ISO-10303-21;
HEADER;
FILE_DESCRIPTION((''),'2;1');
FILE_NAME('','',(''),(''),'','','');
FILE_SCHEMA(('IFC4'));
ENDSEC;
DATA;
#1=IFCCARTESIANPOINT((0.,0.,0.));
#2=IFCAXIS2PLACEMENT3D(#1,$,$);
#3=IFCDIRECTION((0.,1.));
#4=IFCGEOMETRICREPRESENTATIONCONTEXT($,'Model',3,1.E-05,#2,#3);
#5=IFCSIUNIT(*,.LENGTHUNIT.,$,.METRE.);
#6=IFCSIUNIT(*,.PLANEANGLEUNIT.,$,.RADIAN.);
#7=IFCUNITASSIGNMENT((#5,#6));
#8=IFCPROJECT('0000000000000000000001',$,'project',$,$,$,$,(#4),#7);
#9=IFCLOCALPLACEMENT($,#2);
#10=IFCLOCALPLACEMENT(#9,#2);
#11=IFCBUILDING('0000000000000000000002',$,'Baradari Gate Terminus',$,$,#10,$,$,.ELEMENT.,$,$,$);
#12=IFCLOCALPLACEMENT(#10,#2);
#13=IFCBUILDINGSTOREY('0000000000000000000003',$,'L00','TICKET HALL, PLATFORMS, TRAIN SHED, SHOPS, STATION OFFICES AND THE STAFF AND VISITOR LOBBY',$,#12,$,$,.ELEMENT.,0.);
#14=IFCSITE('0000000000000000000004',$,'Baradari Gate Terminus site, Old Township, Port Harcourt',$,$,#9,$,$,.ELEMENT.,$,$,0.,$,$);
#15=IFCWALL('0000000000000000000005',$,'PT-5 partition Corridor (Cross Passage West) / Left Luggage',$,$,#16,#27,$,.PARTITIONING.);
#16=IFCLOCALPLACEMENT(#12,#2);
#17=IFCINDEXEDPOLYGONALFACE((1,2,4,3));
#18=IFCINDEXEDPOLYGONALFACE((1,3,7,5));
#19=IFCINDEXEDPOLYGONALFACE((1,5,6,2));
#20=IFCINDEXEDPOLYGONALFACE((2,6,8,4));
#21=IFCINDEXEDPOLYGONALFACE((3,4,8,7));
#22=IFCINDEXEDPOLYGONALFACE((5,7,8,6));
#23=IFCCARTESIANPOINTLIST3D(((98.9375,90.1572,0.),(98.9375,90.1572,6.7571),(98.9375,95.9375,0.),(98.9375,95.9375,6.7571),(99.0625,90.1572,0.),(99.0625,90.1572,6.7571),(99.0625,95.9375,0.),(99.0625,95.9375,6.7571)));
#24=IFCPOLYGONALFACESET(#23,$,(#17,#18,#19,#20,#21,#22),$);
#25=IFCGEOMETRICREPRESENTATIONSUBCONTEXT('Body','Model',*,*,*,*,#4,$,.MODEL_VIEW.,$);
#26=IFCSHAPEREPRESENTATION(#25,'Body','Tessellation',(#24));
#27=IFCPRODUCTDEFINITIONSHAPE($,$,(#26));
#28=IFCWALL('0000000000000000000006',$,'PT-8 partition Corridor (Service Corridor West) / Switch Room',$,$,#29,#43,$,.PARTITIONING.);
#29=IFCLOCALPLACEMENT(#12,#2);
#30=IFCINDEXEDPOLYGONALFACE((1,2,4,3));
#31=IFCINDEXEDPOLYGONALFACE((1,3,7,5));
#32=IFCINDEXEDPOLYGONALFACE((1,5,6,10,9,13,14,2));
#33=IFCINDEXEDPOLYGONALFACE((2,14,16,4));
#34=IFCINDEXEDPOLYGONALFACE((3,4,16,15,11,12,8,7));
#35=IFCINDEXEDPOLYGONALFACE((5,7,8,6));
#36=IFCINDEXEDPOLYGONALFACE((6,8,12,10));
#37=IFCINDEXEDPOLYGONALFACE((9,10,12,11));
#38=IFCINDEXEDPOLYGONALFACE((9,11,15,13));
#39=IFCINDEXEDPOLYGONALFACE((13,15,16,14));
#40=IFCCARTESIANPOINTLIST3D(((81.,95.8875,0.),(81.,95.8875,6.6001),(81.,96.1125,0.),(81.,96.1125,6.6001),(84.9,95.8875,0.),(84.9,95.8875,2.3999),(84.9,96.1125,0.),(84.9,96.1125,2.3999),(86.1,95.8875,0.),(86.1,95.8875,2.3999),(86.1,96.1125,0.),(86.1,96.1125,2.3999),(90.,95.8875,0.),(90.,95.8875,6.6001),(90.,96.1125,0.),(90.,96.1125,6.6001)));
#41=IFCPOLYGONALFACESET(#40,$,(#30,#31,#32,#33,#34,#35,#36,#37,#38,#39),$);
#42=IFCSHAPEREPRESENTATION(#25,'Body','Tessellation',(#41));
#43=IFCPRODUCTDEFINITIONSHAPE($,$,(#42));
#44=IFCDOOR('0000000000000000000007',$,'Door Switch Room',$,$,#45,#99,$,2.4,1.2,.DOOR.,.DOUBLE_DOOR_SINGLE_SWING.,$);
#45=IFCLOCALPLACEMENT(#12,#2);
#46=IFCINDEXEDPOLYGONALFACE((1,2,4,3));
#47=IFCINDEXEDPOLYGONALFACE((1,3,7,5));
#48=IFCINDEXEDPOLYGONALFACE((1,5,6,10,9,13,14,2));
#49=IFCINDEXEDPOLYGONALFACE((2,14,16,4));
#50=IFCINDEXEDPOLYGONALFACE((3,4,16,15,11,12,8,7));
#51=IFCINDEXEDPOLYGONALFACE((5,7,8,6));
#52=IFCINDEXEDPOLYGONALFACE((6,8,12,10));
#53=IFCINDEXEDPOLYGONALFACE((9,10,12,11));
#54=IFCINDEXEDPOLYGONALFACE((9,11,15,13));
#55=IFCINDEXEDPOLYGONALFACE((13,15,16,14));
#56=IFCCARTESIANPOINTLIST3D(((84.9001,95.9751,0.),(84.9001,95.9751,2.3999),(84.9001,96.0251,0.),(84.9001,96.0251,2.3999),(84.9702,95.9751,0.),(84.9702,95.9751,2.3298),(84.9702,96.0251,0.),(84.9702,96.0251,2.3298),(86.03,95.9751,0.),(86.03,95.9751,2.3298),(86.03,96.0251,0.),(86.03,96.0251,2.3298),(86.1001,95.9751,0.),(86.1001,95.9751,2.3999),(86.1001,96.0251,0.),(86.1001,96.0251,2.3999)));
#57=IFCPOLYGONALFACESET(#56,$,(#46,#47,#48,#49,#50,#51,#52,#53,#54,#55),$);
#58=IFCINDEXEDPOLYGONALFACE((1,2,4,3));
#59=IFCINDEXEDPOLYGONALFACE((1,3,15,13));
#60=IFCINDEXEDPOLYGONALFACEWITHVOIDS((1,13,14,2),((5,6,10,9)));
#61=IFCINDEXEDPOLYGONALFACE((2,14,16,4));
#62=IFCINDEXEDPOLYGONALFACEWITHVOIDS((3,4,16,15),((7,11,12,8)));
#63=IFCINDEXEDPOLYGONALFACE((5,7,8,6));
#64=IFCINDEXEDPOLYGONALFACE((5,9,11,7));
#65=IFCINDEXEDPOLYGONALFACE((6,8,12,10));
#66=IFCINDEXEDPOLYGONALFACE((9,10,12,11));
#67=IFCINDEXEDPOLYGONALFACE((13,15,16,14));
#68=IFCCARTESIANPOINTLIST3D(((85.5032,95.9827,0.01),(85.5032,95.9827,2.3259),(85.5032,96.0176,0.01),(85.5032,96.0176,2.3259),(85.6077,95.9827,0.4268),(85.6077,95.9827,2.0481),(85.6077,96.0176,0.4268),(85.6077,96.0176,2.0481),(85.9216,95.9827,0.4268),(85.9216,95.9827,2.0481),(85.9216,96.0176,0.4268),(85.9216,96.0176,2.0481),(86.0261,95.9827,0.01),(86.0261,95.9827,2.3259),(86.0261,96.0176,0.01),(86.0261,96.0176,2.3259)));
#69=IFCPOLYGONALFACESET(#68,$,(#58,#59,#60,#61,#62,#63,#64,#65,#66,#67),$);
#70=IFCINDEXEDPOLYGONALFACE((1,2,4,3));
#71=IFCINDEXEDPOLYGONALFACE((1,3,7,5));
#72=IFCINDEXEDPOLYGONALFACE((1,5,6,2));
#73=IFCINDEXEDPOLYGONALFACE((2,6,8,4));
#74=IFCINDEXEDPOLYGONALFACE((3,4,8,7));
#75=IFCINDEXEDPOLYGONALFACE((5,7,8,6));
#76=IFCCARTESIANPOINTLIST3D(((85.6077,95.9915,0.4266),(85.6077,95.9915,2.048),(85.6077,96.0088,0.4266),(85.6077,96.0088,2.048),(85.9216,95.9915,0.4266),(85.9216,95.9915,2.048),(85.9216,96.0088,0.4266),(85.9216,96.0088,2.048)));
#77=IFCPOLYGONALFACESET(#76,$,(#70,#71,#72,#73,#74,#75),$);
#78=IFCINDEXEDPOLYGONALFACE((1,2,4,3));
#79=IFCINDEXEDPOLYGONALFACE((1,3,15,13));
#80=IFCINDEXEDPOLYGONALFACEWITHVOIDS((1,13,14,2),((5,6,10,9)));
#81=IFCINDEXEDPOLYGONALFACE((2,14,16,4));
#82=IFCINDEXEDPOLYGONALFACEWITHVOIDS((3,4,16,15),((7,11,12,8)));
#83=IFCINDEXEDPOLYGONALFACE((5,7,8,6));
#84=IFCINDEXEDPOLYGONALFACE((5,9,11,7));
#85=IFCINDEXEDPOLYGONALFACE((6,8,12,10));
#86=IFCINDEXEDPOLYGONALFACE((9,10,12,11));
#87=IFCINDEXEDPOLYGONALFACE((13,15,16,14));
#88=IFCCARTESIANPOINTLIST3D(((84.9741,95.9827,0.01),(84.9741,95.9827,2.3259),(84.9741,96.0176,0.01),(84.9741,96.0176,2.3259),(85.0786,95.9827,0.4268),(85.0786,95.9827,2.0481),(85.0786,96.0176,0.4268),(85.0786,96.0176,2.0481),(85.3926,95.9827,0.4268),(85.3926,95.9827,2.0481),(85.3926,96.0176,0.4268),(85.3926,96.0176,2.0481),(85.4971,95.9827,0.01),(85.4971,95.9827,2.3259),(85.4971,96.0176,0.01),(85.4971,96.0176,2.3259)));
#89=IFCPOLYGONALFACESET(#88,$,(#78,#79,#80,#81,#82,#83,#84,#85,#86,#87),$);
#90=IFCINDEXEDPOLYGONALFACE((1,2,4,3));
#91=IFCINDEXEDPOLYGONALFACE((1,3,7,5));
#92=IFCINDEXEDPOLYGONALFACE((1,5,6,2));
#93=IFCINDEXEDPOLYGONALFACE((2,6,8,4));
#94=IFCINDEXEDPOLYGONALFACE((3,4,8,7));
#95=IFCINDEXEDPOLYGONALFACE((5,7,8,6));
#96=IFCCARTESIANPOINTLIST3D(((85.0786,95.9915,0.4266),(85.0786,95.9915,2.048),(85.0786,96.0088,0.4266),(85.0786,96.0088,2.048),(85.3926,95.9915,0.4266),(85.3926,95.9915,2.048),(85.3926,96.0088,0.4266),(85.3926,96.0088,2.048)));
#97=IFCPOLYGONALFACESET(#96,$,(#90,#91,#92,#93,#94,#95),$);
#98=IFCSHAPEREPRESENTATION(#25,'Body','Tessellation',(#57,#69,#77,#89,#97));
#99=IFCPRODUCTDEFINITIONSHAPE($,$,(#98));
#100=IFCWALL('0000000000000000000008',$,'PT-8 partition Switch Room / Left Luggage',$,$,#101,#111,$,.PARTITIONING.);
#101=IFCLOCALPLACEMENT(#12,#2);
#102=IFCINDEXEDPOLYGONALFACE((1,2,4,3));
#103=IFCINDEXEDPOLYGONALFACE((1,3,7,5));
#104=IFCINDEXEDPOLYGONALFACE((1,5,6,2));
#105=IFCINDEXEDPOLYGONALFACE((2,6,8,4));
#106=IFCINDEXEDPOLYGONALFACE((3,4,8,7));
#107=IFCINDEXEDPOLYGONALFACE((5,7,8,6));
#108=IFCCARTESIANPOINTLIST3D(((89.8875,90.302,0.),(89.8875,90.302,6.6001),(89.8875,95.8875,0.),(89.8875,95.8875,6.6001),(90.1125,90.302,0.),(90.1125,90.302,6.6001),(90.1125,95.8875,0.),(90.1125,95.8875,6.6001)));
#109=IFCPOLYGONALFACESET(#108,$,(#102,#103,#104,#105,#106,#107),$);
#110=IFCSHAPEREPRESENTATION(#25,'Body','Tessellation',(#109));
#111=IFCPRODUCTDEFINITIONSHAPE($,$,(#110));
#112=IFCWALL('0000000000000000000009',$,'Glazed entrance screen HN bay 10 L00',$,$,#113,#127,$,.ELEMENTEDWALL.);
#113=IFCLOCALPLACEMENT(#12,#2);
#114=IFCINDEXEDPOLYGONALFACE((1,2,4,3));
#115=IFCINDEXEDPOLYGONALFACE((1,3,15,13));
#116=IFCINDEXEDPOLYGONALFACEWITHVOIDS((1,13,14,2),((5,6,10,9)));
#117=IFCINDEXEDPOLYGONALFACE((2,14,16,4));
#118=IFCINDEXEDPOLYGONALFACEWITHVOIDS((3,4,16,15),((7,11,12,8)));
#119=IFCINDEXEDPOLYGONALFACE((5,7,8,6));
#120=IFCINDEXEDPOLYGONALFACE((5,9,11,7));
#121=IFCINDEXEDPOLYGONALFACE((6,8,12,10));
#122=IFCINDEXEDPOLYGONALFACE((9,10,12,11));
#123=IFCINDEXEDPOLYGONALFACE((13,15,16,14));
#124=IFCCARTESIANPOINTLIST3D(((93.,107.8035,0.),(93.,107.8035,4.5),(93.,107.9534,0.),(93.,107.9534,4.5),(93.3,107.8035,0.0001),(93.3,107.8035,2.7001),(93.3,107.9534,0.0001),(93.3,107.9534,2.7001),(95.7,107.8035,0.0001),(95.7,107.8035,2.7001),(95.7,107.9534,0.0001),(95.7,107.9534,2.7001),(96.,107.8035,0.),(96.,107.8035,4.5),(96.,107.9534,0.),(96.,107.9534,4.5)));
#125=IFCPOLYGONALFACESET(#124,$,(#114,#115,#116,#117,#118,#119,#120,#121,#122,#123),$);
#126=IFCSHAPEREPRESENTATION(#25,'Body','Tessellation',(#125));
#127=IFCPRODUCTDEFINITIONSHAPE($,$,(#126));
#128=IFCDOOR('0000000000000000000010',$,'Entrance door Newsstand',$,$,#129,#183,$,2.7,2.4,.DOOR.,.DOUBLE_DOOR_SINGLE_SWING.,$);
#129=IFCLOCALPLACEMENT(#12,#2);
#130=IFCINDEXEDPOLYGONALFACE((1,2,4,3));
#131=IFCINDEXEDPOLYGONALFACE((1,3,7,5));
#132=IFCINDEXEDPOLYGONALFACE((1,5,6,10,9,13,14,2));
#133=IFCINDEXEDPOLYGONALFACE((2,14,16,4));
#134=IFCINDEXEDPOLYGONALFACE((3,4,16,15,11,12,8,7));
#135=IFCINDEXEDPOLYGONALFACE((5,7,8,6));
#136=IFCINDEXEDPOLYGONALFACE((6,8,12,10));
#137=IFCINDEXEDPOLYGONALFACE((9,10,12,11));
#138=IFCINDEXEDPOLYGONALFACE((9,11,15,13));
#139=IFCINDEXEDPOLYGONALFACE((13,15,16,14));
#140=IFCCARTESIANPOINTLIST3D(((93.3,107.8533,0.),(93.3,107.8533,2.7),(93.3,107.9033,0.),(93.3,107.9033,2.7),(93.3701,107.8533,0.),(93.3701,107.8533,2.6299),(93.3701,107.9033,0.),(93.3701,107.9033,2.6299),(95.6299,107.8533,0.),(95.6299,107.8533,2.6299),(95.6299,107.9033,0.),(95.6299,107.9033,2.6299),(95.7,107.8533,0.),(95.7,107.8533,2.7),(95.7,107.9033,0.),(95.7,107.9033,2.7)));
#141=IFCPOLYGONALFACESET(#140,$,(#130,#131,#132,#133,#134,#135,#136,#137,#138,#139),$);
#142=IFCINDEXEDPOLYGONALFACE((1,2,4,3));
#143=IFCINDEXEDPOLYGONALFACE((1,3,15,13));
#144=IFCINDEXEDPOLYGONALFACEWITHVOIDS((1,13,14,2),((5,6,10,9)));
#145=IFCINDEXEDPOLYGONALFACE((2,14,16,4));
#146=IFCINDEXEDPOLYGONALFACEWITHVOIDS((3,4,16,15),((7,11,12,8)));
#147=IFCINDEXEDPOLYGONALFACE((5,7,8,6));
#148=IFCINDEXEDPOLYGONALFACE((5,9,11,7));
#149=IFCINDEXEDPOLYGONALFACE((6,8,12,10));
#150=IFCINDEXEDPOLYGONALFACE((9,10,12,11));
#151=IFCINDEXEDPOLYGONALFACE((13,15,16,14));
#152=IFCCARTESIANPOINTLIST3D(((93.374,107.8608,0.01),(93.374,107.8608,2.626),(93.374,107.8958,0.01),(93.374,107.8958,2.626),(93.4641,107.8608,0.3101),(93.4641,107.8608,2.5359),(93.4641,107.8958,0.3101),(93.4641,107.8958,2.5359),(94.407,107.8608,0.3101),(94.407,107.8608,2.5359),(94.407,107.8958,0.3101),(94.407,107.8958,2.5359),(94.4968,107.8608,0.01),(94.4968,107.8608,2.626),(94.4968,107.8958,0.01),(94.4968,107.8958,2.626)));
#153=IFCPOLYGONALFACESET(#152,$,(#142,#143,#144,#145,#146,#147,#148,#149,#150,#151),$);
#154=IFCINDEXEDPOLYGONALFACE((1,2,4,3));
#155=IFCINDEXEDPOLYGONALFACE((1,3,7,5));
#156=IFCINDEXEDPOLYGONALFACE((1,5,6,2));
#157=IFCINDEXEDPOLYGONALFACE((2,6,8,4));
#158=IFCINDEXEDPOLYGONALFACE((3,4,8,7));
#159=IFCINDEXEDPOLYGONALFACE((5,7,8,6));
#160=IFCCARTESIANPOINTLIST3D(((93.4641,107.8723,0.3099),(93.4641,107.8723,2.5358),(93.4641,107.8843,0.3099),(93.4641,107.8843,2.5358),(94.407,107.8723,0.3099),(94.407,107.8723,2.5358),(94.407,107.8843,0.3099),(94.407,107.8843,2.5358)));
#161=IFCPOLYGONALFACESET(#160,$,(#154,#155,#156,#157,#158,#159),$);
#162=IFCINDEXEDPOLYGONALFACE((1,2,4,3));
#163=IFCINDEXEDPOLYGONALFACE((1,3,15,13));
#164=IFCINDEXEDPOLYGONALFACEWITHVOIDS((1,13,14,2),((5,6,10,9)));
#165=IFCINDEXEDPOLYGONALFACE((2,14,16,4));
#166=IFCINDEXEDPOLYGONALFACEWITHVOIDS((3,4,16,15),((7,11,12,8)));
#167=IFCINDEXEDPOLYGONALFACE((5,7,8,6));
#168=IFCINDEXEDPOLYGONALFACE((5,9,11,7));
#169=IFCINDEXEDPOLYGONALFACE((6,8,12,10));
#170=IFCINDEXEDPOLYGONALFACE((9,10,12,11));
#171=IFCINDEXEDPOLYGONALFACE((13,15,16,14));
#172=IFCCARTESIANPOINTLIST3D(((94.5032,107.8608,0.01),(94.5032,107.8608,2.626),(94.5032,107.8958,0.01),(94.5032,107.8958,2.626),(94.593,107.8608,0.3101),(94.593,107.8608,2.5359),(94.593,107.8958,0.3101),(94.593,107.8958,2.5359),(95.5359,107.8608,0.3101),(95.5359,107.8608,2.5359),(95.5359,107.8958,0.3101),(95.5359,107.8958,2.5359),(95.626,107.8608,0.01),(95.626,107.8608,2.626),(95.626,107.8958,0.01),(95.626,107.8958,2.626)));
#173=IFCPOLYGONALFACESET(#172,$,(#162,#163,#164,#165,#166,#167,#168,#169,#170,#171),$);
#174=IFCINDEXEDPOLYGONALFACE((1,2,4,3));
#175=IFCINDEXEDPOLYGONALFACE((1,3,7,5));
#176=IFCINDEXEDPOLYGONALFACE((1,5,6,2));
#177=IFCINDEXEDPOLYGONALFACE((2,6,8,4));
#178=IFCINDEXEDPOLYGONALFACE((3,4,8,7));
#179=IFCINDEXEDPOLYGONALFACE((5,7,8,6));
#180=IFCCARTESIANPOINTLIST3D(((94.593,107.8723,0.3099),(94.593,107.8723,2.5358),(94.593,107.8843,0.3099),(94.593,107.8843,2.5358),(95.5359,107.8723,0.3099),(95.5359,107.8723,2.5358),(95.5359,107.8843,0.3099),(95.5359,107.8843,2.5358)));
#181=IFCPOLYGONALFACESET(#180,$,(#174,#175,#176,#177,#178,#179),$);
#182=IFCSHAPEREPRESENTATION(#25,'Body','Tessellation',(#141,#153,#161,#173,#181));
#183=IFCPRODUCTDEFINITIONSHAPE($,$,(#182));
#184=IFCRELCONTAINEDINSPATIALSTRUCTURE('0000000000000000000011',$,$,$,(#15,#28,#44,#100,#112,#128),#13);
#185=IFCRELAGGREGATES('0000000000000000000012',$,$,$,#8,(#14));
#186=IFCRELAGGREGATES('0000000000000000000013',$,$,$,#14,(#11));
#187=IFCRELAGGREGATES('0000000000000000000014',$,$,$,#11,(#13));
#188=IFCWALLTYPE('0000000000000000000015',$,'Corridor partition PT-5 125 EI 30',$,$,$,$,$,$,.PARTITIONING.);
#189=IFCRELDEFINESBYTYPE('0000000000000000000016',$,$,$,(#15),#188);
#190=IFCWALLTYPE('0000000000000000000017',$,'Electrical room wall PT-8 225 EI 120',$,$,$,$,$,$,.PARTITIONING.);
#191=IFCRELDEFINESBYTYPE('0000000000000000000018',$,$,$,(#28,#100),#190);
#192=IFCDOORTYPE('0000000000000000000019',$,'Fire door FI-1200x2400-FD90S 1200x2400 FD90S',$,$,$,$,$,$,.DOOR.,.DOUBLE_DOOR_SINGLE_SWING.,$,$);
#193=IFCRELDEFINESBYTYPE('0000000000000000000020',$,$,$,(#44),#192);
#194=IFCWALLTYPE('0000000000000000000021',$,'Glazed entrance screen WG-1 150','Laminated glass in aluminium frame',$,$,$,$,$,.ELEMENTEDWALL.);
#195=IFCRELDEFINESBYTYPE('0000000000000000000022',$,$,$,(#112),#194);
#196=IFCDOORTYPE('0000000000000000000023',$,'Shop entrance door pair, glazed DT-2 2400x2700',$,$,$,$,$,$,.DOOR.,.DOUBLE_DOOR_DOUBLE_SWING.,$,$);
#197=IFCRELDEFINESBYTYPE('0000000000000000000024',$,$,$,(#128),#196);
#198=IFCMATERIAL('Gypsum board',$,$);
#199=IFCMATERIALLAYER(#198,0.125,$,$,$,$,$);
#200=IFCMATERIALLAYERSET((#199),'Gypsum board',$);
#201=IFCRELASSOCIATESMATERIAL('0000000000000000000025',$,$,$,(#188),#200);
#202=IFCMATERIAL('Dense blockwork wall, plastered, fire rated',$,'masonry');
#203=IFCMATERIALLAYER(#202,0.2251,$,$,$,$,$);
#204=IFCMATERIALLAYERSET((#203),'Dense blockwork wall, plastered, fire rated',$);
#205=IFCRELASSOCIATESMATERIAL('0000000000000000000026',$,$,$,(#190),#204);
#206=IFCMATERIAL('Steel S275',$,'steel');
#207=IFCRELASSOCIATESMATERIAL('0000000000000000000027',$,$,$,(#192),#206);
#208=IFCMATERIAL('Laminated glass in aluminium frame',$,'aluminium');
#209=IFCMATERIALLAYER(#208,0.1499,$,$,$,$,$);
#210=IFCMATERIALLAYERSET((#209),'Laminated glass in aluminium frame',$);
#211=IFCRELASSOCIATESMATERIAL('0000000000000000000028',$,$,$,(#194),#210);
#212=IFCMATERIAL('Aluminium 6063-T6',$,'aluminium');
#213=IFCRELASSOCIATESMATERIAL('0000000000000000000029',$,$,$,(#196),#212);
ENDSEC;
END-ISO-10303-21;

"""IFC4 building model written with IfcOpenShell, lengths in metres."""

from ifc_helpers import new_model, si_unit, direction, frame, frame_2d, origin, place, context, subcontext, project, spatial, polyline, rectangle, outline, extrude, material, layer, layer_set, type_object, element, fill, save


model = new_model("IFC4")

# Units and contexts
model_context = context("Model", 3, precision=1e-05, world=origin(), true_north=direction((0.0, 1.0)))
body_context = subcontext(model_context, "Body", "Model", "MODEL_VIEW")
ifc_project = project(units=[si_unit("LENGTHUNIT", "METRE"), si_unit("PLANEANGLEUNIT", "RADIAN")], contexts=[model_context])

# Site, building, storey
site_placement = place(None, origin())
site = spatial("IfcSite", under=ifc_project, at=site_placement, Name="Baradari Gate Terminus site, Old Township, Port Harcourt", CompositionType="ELEMENT", RefElevation=0.0)
building_placement = place(site_placement, origin())
building = spatial("IfcBuilding", under=site, at=building_placement, Name="Baradari Gate Terminus", CompositionType="ELEMENT")
storey_placement = place(building_placement, origin())
storey = spatial("IfcBuildingStorey", under=building, at=storey_placement, Name="L00", Description="TICKET HALL, PLATFORMS, TRAIN SHED, SHOPS, STATION OFFICES AND THE STAFF AND VISITOR LOBBY", CompositionType="ELEMENT", Elevation=0.0)

# Wall
ifc_material_1 = material(Name="Gypsum board")
ifc_layer_1 = layer(ifc_material_1, 0.125)
ifc_layer_set_1 = layer_set([ifc_layer_1], Name="Gypsum board")
wall_type_1 = type_object("IfcWallType", Name="Corridor partition PT-5 125 EI 30", PredefinedType="PARTITIONING", material=ifc_layer_set_1)
wall_1_placement = place(storey_placement, frame((99.0, 90.1572, 0.0), z_axis=(0.0, 0.0, 1.0), x_axis=(0.0, 1.0, 0.0)))
element("IfcWall", 1, at=wall_1_placement, inside=storey, type_object=wall_type_1, Name="PT-5 partition Corridor (Cross Passage West) / Left Luggage", PredefinedType="PARTITIONING", context=body_context, shape_type="SweptSolid", body=[
    extrude(rectangle(XDim=5.7803, YDim=0.125, at=frame_2d((2.8901, 0.0))), origin(), (0.0, 0.0, 1.0), 6.7571),
])

# Wall, opening, door
ifc_material_2 = material(Name="Dense blockwork wall, plastered, fire rated", Category="masonry")
ifc_layer_2 = layer(ifc_material_2, 0.2251)
ifc_layer_set_2 = layer_set([ifc_layer_2], Name="Dense blockwork wall, plastered, fire rated")
wall_type_2 = type_object("IfcWallType", Name="Electrical room wall PT-8 225 EI 120", PredefinedType="PARTITIONING", material=ifc_layer_set_2)
wall_2_placement = place(storey_placement, frame((90.0, 96.0, 0.0), z_axis=(0.0, 0.0, 1.0), x_axis=(-1.0, 0.0, 0.0)))
wall_2 = element("IfcWall", 2, at=wall_2_placement, inside=storey, type_object=wall_type_2, Name="PT-8 partition Corridor (Service Corridor West) / Switch Room", PredefinedType="PARTITIONING", context=body_context, shape_type="SweptSolid", body=[
    extrude(rectangle(XDim=9.0, YDim=0.2251, at=frame_2d((4.5, 0.0))), origin(), (0.0, 0.0, 1.0), 6.6001),
])
opening_1_placement = place(wall_2_placement, frame((3.8999, 0.0, 0.0)))
opening_1 = element("IfcOpeningElement", 3, at=opening_1_placement, cuts=wall_2, PredefinedType="OPENING", context=body_context, shape_type="SweptSolid", body=[
    extrude(rectangle(XDim=1.2, YDim=2.3999, at=frame_2d((0.6001, 1.2))), frame((0.0, 0.1226, 0.0), z_axis=(0.0, -1.0, 0.0), x_axis=(1.0, 0.0, 0.0)), (0.0, 0.0, 1.0), 0.2451),
])
ifc_material_3 = material(Name="Steel S275", Category="steel")
door_type_1 = type_object("IfcDoorType", Name="Fire door FI-1200x2400-FD90S 1200x2400 FD90S", OperationType="DOUBLE_DOOR_SINGLE_SWING", PredefinedType="DOOR", material=ifc_material_3)
door_1_placement = place(opening_1_placement, origin())
door_1 = element("IfcDoor", 4, at=door_1_placement, inside=storey, type_object=door_type_1, Name="Door Switch Room", OperationType="DOUBLE_DOOR_SINGLE_SWING", OverallHeight=2.4, OverallWidth=1.2, PredefinedType="DOOR", context=body_context, shape_type="SweptSolid", body=[
    extrude(outline(polyline([(0.0, 0.0), (0.0701, 0.0), (0.0701, 2.3298), (1.1299, 2.3298), (1.1299, 0.0), (1.2, 0.0), (1.2, 2.3999), (0.0, 2.3999), (0.0, 0.0)])), frame((0.0, 0.0249, 0.0), z_axis=(0.0, -1.0, 0.0), x_axis=(1.0, 0.0, 0.0)), (0.0, 0.0, 1.0), 0.05),
    extrude(outline(polyline([(0.074, 0.01), (0.5969, 0.01), (0.5969, 2.3259), (0.074, 2.3259), (0.074, 0.01)]), holes=[polyline([(0.1785, 0.4268), (0.4924, 0.4268), (0.4924, 2.0481), (0.1785, 2.0481), (0.1785, 0.4268)])]), frame((0.0, 0.0173, 0.0), z_axis=(0.0, -1.0, 0.0), x_axis=(1.0, 0.0, 0.0)), (0.0, 0.0, 1.0), 0.0349),
    extrude(rectangle(XDim=0.314, YDim=1.6213, at=frame_2d((0.3354, 1.2373))), frame((0.0, 0.0085, 0.0), z_axis=(0.0, -1.0, 0.0), x_axis=(1.0, 0.0, 0.0)), (0.0, 0.0, 1.0), 0.0173),
    extrude(outline(polyline([(0.603, 0.01), (1.126, 0.01), (1.126, 2.3259), (0.603, 2.3259), (0.603, 0.01)]), holes=[polyline([(0.7075, 0.4268), (1.0215, 0.4268), (1.0215, 2.0481), (0.7075, 2.0481), (0.7075, 0.4268)])]), frame((0.0, 0.0173, 0.0), z_axis=(0.0, -1.0, 0.0), x_axis=(1.0, 0.0, 0.0)), (0.0, 0.0, 1.0), 0.0349),
    extrude(rectangle(XDim=0.314, YDim=1.6213, at=frame_2d((0.8645, 1.2373))), frame((0.0, 0.0085, 0.0), z_axis=(0.0, -1.0, 0.0), x_axis=(1.0, 0.0, 0.0)), (0.0, 0.0, 1.0), 0.0173),
])
fill(opening_1, door_1)

# Wall
wall_3_placement = place(storey_placement, frame((90.0, 95.8875, 0.0), z_axis=(0.0, 0.0, 1.0), x_axis=(0.0, -1.0, 0.0)))
element("IfcWall", 5, at=wall_3_placement, inside=storey, type_object=wall_type_2, Name="PT-8 partition Switch Room / Left Luggage", PredefinedType="PARTITIONING", context=body_context, shape_type="SweptSolid", body=[
    extrude(rectangle(XDim=5.5854, YDim=0.2251, at=frame_2d((2.7927, 0.0))), origin(), (0.0, 0.0, 1.0), 6.6001),
])

# Wall, opening, door
ifc_material_4 = material(Name="Laminated glass in aluminium frame", Category="aluminium")
ifc_layer_3 = layer(ifc_material_4, 0.1499)
ifc_layer_set_3 = layer_set([ifc_layer_3], Name="Laminated glass in aluminium frame")
wall_type_3 = type_object("IfcWallType", Name="Glazed entrance screen WG-1 150", Description="Laminated glass in aluminium frame", PredefinedType="ELEMENTEDWALL", material=ifc_layer_set_3)
wall_4_placement = place(storey_placement, frame((93.0, 107.8784, 0.0), z_axis=(0.0, 0.0, 1.0), x_axis=(1.0, 0.0, 0.0)))
wall_4 = element("IfcWall", 6, at=wall_4_placement, inside=storey, type_object=wall_type_3, Name="Glazed entrance screen HN bay 10 L00", PredefinedType="ELEMENTEDWALL", context=body_context, shape_type="SweptSolid", body=[
    extrude(rectangle(XDim=3.0, YDim=0.1499, at=frame_2d((1.5, 0.0))), origin(), (0.0, 0.0, 1.0), 4.5),
])
opening_2_placement = place(wall_4_placement, frame((0.3, 0.0, 0.0)))
opening_2 = element("IfcOpeningElement", 7, at=opening_2_placement, cuts=wall_4, PredefinedType="OPENING", context=body_context, shape_type="SweptSolid", body=[
    extrude(rectangle(XDim=2.3999, YDim=2.7, at=frame_2d((1.2, 1.3501))), frame((0.0, 0.085, 0.0), z_axis=(0.0, -1.0, 0.0), x_axis=(1.0, 0.0, 0.0)), (0.0, 0.0, 1.0), 0.1699),
])
ifc_material_5 = material(Name="Aluminium 6063-T6", Category="aluminium")
door_type_2 = type_object("IfcDoorType", Name="Shop entrance door pair, glazed DT-2 2400x2700", OperationType="DOUBLE_DOOR_DOUBLE_SWING", PredefinedType="DOOR", material=ifc_material_5)
door_2_placement = place(opening_2_placement, origin())
door_2 = element("IfcDoor", 8, at=door_2_placement, inside=storey, type_object=door_type_2, Name="Entrance door Newsstand", OperationType="DOUBLE_DOOR_SINGLE_SWING", OverallHeight=2.7, OverallWidth=2.4, PredefinedType="DOOR", context=body_context, shape_type="SweptSolid", body=[
    extrude(outline(polyline([(0.0, 0.0), (0.0701, 0.0), (0.0701, 2.6299), (2.3298, 2.6299), (2.3298, 0.0), (2.3999, 0.0), (2.3999, 2.7), (0.0, 2.7), (0.0, 0.0)])), frame((0.0, 0.0249, 0.0), z_axis=(0.0, -1.0, 0.0), x_axis=(1.0, 0.0, 0.0)), (0.0, 0.0, 1.0), 0.05),
    extrude(outline(polyline([(0.074, 0.01), (1.1968, 0.01), (1.1968, 2.626), (0.074, 2.626), (0.074, 0.01)]), holes=[polyline([(0.1641, 0.3101), (1.1069, 0.3101), (1.1069, 2.5359), (0.1641, 2.5359), (0.1641, 0.3101)])]), frame((0.0, 0.0173, 0.0), z_axis=(0.0, -1.0, 0.0), x_axis=(1.0, 0.0, 0.0)), (0.0, 0.0, 1.0), 0.0349),
    extrude(rectangle(XDim=0.9429, YDim=2.2258, at=frame_2d((0.6355, 1.4229))), frame((0.0, 0.0059, 0.0), z_axis=(0.0, -1.0, 0.0), x_axis=(1.0, 0.0, 0.0)), (0.0, 0.0, 1.0), 0.012),
    extrude(outline(polyline([(1.2031, 0.01), (2.3259, 0.01), (2.3259, 2.626), (1.2031, 2.626), (1.2031, 0.01)]), holes=[polyline([(1.293, 0.3101), (2.2358, 0.3101), (2.2358, 2.5359), (1.293, 2.5359), (1.293, 0.3101)])]), frame((0.0, 0.0173, 0.0), z_axis=(0.0, -1.0, 0.0), x_axis=(1.0, 0.0, 0.0)), (0.0, 0.0, 1.0), 0.0349),
    extrude(rectangle(XDim=0.9429, YDim=2.2258, at=frame_2d((1.7644, 1.4229))), frame((0.0, 0.0059, 0.0), z_axis=(0.0, -1.0, 0.0), x_axis=(1.0, 0.0, 0.0)), (0.0, 0.0, 1.0), 0.012),
])
fill(opening_2, door_2)

save(model, "model.ifc")
